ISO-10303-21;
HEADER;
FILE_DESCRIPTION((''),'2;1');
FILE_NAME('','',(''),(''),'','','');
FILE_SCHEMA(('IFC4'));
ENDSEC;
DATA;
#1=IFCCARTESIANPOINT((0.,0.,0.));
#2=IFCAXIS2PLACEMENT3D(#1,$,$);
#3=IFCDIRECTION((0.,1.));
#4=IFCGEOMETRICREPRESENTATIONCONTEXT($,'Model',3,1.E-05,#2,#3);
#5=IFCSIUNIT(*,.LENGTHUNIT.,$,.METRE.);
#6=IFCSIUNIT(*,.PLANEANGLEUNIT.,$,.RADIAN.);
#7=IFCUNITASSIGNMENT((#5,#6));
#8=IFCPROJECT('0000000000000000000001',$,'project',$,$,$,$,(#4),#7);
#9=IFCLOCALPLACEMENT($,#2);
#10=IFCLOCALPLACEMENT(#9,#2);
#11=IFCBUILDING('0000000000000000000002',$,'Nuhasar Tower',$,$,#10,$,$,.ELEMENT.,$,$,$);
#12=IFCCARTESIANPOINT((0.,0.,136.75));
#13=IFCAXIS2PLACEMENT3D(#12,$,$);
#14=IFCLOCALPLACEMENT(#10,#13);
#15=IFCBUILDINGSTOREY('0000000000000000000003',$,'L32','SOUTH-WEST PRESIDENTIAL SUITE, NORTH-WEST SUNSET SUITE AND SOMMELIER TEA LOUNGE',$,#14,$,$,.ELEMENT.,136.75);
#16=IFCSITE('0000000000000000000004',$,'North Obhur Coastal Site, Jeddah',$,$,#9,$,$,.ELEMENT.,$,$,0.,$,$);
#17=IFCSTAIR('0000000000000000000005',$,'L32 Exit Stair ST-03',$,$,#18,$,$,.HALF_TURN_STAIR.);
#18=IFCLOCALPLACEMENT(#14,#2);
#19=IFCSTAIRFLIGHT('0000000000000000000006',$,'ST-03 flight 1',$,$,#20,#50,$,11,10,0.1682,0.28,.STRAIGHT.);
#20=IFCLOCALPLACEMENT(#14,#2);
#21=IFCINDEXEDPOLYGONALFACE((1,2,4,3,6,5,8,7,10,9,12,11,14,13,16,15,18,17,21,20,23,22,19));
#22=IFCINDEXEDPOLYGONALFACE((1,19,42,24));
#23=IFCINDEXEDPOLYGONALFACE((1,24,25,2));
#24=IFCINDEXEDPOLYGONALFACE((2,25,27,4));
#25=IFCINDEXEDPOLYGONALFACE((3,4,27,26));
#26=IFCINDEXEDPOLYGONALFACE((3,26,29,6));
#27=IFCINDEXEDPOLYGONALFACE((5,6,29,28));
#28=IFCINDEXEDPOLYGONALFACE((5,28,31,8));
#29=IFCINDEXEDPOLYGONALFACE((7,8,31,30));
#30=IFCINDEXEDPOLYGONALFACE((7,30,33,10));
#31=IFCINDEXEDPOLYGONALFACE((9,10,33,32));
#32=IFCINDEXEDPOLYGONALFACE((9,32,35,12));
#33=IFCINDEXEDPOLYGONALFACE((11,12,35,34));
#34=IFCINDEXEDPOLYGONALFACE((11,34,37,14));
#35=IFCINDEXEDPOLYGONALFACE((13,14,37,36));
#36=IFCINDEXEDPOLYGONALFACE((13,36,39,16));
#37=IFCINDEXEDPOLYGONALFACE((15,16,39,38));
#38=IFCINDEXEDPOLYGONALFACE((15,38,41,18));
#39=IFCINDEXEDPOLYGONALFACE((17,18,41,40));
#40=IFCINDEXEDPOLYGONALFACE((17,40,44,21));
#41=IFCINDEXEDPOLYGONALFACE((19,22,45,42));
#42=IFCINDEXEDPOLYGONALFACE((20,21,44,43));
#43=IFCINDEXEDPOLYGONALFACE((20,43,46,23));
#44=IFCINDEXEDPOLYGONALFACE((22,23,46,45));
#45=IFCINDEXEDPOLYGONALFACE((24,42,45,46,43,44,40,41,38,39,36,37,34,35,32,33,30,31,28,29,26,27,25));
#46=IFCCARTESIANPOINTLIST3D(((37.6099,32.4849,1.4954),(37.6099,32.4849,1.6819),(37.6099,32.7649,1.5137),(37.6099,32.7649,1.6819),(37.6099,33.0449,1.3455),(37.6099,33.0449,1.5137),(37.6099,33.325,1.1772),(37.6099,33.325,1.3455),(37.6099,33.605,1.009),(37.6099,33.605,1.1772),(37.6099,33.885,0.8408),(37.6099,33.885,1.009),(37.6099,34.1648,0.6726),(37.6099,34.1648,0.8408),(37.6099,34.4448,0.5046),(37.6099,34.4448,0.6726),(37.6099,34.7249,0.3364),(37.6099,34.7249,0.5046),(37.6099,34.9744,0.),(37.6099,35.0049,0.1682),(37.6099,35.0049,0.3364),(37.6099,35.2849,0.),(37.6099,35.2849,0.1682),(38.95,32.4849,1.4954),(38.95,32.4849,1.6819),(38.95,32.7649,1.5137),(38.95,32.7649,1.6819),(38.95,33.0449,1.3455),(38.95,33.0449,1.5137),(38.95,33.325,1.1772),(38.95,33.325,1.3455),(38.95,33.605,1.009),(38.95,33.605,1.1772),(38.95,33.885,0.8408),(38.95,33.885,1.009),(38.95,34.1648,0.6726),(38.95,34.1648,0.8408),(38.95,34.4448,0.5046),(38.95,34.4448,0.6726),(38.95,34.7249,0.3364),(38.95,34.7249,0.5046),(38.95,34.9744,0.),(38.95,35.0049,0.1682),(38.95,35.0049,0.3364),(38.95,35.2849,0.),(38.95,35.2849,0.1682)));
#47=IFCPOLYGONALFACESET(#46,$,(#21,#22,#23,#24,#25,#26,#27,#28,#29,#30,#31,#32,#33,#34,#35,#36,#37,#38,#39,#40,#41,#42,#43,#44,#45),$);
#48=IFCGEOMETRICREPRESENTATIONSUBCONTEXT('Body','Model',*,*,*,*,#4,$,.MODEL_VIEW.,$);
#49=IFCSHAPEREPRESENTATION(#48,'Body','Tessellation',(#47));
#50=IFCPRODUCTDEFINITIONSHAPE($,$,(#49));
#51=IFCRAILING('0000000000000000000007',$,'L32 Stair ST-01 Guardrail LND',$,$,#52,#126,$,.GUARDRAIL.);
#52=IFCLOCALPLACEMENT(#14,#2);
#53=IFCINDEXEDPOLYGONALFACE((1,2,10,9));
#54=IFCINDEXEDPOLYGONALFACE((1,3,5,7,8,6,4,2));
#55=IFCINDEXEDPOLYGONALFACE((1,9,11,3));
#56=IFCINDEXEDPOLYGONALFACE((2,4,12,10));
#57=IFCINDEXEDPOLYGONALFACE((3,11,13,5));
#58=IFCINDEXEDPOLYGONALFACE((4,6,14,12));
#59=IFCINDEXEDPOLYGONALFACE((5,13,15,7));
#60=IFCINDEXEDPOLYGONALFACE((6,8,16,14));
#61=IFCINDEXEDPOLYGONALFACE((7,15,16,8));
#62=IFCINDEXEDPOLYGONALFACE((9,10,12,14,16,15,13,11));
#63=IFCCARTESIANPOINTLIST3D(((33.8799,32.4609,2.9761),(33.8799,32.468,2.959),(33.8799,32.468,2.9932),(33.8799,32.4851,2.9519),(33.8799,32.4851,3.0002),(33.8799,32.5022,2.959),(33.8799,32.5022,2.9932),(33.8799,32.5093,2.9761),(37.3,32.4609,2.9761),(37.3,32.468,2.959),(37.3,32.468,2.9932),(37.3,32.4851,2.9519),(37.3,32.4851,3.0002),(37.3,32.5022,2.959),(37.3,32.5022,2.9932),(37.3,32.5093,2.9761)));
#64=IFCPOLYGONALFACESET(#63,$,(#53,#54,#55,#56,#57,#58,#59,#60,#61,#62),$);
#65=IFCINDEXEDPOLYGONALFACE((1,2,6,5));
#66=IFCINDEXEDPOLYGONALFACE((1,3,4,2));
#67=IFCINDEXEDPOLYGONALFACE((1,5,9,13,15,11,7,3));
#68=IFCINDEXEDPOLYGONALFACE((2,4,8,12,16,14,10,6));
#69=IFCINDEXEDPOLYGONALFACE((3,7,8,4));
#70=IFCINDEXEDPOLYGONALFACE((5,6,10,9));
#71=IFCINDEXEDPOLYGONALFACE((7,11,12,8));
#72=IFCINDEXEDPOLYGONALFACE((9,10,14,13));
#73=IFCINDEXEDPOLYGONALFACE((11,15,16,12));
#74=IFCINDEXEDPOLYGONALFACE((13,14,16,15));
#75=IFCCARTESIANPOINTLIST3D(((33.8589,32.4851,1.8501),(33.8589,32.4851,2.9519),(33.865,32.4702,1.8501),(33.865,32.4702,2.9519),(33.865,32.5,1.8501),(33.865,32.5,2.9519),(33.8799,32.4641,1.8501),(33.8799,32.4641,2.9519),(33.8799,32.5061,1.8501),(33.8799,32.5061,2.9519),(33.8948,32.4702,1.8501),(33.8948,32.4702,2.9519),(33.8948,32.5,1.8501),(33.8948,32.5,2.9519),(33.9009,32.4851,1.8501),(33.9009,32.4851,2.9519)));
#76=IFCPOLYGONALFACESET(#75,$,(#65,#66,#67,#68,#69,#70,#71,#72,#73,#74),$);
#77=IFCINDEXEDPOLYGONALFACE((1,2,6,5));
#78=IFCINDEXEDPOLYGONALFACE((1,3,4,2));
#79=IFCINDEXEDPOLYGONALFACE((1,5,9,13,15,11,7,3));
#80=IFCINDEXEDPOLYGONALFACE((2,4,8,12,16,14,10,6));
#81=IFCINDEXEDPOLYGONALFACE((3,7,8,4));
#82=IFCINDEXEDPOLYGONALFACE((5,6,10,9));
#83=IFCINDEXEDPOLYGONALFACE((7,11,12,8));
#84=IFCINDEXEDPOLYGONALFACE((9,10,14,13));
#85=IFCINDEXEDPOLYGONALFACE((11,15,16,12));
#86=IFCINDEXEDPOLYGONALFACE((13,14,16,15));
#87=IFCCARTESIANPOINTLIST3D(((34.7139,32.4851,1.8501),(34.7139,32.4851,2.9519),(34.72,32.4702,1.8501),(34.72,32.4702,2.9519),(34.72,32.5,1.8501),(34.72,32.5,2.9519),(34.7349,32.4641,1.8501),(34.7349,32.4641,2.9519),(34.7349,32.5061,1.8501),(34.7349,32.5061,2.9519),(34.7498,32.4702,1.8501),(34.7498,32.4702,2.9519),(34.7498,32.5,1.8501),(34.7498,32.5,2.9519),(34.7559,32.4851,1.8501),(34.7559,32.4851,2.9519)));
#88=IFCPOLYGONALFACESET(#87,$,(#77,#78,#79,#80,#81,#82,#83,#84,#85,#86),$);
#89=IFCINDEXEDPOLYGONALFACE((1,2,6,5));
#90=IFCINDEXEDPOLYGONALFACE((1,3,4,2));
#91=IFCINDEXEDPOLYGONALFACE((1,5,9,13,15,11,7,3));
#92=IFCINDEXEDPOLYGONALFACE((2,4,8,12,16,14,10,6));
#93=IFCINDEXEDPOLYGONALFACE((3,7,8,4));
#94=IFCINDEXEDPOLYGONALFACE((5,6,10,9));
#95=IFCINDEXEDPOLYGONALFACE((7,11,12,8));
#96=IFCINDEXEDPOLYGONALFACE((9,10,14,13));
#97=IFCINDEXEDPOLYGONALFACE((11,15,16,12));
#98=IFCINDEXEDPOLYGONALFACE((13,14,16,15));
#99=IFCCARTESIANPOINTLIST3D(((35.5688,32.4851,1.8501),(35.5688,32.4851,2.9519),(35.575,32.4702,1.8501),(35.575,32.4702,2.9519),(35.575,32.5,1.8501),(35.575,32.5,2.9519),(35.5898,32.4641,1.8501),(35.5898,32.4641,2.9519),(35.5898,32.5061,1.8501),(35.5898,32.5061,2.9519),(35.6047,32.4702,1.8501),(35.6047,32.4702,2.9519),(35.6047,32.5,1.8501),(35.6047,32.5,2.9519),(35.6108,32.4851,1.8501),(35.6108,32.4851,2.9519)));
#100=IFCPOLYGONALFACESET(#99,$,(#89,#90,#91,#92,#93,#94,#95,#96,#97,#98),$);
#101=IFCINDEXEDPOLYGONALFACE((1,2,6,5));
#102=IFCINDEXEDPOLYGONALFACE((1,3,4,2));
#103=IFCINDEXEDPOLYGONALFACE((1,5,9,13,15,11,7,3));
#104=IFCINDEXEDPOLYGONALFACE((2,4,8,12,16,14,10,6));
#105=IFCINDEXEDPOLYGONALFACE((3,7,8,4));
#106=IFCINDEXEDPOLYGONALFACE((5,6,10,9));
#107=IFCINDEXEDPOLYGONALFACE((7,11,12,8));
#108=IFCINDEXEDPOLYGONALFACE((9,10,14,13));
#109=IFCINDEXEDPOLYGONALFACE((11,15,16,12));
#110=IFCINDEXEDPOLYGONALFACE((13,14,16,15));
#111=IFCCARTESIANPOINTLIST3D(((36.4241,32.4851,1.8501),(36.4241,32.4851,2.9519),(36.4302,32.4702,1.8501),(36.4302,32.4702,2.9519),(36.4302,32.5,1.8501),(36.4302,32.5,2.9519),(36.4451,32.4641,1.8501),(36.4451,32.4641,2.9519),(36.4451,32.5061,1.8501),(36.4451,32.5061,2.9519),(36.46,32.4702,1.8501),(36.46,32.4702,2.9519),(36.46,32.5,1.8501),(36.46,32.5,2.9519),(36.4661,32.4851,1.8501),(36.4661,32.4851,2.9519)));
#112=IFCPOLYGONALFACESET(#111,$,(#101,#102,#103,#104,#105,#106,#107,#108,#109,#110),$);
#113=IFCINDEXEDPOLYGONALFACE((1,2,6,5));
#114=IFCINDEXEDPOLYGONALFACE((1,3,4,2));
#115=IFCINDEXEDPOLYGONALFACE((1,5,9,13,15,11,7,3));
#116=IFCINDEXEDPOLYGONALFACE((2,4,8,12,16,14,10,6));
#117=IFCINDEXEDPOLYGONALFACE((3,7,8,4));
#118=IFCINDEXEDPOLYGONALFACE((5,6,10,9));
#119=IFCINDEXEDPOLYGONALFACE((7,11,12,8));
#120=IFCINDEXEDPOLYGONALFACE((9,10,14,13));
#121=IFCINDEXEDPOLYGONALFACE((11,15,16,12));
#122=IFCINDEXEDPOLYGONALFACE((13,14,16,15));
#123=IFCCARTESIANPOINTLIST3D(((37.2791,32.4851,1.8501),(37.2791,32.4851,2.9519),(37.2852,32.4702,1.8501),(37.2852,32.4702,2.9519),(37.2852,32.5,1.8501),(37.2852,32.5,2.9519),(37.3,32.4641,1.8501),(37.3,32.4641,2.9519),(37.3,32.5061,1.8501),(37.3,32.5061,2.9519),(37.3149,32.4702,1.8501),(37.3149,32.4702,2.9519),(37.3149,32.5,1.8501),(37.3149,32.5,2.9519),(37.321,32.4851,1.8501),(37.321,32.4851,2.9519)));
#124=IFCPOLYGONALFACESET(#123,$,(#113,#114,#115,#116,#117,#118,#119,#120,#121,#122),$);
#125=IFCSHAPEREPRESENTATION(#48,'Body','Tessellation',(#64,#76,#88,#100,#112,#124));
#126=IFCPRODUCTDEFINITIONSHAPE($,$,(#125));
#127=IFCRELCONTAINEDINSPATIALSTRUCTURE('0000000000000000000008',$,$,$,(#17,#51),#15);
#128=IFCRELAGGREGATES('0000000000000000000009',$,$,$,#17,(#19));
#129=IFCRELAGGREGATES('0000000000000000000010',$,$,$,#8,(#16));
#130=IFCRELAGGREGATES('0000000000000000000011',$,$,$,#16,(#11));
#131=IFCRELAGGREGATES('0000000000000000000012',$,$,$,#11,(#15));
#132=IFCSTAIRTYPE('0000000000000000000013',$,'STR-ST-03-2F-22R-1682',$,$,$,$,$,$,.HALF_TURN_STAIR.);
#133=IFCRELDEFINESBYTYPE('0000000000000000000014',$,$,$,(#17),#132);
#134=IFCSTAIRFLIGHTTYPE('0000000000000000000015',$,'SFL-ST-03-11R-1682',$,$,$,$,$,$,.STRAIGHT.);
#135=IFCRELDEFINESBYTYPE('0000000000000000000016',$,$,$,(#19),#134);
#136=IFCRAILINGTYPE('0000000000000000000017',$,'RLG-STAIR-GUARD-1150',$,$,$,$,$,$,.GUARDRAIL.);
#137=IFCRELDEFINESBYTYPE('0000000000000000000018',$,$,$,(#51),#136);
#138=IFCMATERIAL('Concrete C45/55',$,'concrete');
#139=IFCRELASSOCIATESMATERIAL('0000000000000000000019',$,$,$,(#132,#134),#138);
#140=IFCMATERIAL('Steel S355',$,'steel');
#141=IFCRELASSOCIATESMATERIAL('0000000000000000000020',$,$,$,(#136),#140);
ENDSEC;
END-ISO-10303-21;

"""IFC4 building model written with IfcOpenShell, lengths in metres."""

from ifc_helpers import new_model, si_unit, direction, frame, origin, place, context, subcontext, project, spatial, polyline, outline, extrude, material, type_object, element, aggregate, save


model = new_model("IFC4")

# Units and contexts
model_context = context("Model", 3, precision=1e-05, world=origin(), true_north=direction((0.0, 1.0)))
body_context = subcontext(model_context, "Body", "Model", "MODEL_VIEW")
ifc_project = project(units=[si_unit("LENGTHUNIT", "METRE"), si_unit("PLANEANGLEUNIT", "RADIAN")], contexts=[model_context])

# Site, building, storey
site_placement = place(None, origin())
site = spatial("IfcSite", under=ifc_project, at=site_placement, Name="North Obhur Coastal Site, Jeddah", CompositionType="ELEMENT", RefElevation=0.0)
building_placement = place(site_placement, origin())
building = spatial("IfcBuilding", under=site, at=building_placement, Name="Nuhasar Tower", CompositionType="ELEMENT")
storey_placement = place(building_placement, frame((0.0, 0.0, 136.75)))
storey = spatial("IfcBuildingStorey", under=building, at=storey_placement, Name="L32", Description="SOUTH-WEST PRESIDENTIAL SUITE, NORTH-WEST SUNSET SUITE AND SOMMELIER TEA LOUNGE", CompositionType="ELEMENT", Elevation=136.75)

# Shared definitions
ifc_material_1 = material(Name="Steel S355", Category="steel")

# Shared definitions
ifc_material_2 = material(Name="Concrete C45/55", Category="concrete")

# Stair, stair flight
stair_type_1 = type_object("IfcStairType", Name="STR-ST-03-2F-22R-1682", PredefinedType="HALF_TURN_STAIR", material=ifc_material_2)
stair_1_placement = place(storey_placement, origin())
stair_1 = element("IfcStair", 1, at=stair_1_placement, inside=storey, type_object=stair_type_1, Name="L32 Exit Stair ST-03", PredefinedType="HALF_TURN_STAIR")
stair_flight_type_1 = type_object("IfcStairFlightType", Name="SFL-ST-03-11R-1682", PredefinedType="STRAIGHT", material=ifc_material_2)
stair_flight_1_placement = place(storey_placement, frame((38.28, 35.2849, 0.0), z_axis=(0.0, 0.0, 1.0), x_axis=(0.0, -1.0, 0.0)))
stair_flight_1 = element("IfcStairFlight", 2, at=stair_flight_1_placement, type_object=stair_flight_type_1, Name="ST-03 flight 1", NumberOfRisers=11, NumberOfTreads=10, PredefinedType="STRAIGHT", RiserHeight=0.1682, TreadLength=0.28, context=body_context, shape_type="SweptSolid", body=[
    extrude(outline(polyline([(0.0, 0.0), (0.0, 0.1682), (0.28, 0.1682), (0.28, 0.3364), (0.5601, 0.3364), (0.5601, 0.5046), (0.8401, 0.5046), (0.8401, 0.6726), (1.1201, 0.6726), (1.1201, 0.8408), (1.3999, 0.8408), (1.3999, 1.009), (1.6799, 1.009), (1.6799, 1.1772), (1.96, 1.1772), (1.96, 1.3455), (2.24, 1.3455), (2.24, 1.5137), (2.52, 1.5137), (2.52, 1.6819), (2.8, 1.6819), (2.8, 1.8501), (2.8, 1.4954), (0.3105, 0.0), (0.0, 0.0)])), frame((0.0, 0.6699, 0.0), z_axis=(0.0, -1.0, 0.0), x_axis=(1.0, 0.0, 0.0)), (0.0, 0.0, 1.0), 1.3401),
])
aggregate(stair_1, [stair_flight_1])

# Railing
railing_type_1 = type_object("IfcRailingType", Name="RLG-STAIR-GUARD-1150", PredefinedType="GUARDRAIL", material=ifc_material_1)
railing_1_placement = place(storey_placement, frame((33.8799, 32.4851, 1.8501)))
element("IfcRailing", 3, at=railing_1_placement, inside=storey, type_object=railing_type_1, Name="L32 Stair ST-01 Guardrail LND", PredefinedType="GUARDRAIL", context=body_context, shape_type="SweptSolid", body=[
    extrude(outline(polyline([(0.0242, 0.0), (0.0171, 0.0171), (0.0, 0.0242), (-0.0171, 0.0171), (-0.0242, 0.0), (-0.0171, -0.0171), (0.0, -0.0242), (0.0171, -0.0171), (0.0242, 0.0)])), frame((0.0, 0.0, 1.126), z_axis=(1.0, 0.0, 0.0), x_axis=(0.0, 1.0, 0.0)), (0.0, 0.0, 1.0), 3.4202),
    extrude(outline(polyline([(0.021, 0.0), (0.0149, 0.0149), (0.0, 0.021), (-0.0149, 0.0149), (-0.021, 0.0), (-0.0149, -0.0149), (0.0, -0.021), (0.0149, -0.0149), (0.021, 0.0)])), origin(), (0.0, 0.0, 1.0), 1.1018),
    extrude(outline(polyline([(0.021, 0.0), (0.0149, 0.0149), (0.0, 0.021), (-0.0149, 0.0149), (-0.021, 0.0), (-0.0149, -0.0149), (0.0, -0.021), (0.0149, -0.0149), (0.021, 0.0)])), frame((0.855, 0.0, 0.0)), (0.0, 0.0, 1.0), 1.1018),
    extrude(outline(polyline([(0.021, 0.0), (0.0149, 0.0149), (0.0, 0.021), (-0.0149, 0.0149), (-0.021, 0.0), (-0.0149, -0.0149), (0.0, -0.021), (0.0149, -0.0149), (0.021, 0.0)])), frame((1.71, 0.0, 0.0)), (0.0, 0.0, 1.0), 1.1018),
    extrude(outline(polyline([(0.021, 0.0), (0.0149, 0.0149), (0.0, 0.021), (-0.0149, 0.0149), (-0.021, 0.0), (-0.0149, -0.0149), (0.0, -0.021), (0.0149, -0.0149), (0.021, 0.0)])), frame((2.5652, 0.0, 0.0)), (0.0, 0.0, 1.0), 1.1018),
    extrude(outline(polyline([(0.021, 0.0), (0.0149, 0.0149), (0.0, 0.021), (-0.0149, 0.0149), (-0.021, 0.0), (-0.0149, -0.0149), (0.0, -0.021), (0.0149, -0.0149), (0.021, 0.0)])), frame((3.4202, 0.0, 0.0)), (0.0, 0.0, 1.0), 1.1018),
])

save(model, "model.ifc")
